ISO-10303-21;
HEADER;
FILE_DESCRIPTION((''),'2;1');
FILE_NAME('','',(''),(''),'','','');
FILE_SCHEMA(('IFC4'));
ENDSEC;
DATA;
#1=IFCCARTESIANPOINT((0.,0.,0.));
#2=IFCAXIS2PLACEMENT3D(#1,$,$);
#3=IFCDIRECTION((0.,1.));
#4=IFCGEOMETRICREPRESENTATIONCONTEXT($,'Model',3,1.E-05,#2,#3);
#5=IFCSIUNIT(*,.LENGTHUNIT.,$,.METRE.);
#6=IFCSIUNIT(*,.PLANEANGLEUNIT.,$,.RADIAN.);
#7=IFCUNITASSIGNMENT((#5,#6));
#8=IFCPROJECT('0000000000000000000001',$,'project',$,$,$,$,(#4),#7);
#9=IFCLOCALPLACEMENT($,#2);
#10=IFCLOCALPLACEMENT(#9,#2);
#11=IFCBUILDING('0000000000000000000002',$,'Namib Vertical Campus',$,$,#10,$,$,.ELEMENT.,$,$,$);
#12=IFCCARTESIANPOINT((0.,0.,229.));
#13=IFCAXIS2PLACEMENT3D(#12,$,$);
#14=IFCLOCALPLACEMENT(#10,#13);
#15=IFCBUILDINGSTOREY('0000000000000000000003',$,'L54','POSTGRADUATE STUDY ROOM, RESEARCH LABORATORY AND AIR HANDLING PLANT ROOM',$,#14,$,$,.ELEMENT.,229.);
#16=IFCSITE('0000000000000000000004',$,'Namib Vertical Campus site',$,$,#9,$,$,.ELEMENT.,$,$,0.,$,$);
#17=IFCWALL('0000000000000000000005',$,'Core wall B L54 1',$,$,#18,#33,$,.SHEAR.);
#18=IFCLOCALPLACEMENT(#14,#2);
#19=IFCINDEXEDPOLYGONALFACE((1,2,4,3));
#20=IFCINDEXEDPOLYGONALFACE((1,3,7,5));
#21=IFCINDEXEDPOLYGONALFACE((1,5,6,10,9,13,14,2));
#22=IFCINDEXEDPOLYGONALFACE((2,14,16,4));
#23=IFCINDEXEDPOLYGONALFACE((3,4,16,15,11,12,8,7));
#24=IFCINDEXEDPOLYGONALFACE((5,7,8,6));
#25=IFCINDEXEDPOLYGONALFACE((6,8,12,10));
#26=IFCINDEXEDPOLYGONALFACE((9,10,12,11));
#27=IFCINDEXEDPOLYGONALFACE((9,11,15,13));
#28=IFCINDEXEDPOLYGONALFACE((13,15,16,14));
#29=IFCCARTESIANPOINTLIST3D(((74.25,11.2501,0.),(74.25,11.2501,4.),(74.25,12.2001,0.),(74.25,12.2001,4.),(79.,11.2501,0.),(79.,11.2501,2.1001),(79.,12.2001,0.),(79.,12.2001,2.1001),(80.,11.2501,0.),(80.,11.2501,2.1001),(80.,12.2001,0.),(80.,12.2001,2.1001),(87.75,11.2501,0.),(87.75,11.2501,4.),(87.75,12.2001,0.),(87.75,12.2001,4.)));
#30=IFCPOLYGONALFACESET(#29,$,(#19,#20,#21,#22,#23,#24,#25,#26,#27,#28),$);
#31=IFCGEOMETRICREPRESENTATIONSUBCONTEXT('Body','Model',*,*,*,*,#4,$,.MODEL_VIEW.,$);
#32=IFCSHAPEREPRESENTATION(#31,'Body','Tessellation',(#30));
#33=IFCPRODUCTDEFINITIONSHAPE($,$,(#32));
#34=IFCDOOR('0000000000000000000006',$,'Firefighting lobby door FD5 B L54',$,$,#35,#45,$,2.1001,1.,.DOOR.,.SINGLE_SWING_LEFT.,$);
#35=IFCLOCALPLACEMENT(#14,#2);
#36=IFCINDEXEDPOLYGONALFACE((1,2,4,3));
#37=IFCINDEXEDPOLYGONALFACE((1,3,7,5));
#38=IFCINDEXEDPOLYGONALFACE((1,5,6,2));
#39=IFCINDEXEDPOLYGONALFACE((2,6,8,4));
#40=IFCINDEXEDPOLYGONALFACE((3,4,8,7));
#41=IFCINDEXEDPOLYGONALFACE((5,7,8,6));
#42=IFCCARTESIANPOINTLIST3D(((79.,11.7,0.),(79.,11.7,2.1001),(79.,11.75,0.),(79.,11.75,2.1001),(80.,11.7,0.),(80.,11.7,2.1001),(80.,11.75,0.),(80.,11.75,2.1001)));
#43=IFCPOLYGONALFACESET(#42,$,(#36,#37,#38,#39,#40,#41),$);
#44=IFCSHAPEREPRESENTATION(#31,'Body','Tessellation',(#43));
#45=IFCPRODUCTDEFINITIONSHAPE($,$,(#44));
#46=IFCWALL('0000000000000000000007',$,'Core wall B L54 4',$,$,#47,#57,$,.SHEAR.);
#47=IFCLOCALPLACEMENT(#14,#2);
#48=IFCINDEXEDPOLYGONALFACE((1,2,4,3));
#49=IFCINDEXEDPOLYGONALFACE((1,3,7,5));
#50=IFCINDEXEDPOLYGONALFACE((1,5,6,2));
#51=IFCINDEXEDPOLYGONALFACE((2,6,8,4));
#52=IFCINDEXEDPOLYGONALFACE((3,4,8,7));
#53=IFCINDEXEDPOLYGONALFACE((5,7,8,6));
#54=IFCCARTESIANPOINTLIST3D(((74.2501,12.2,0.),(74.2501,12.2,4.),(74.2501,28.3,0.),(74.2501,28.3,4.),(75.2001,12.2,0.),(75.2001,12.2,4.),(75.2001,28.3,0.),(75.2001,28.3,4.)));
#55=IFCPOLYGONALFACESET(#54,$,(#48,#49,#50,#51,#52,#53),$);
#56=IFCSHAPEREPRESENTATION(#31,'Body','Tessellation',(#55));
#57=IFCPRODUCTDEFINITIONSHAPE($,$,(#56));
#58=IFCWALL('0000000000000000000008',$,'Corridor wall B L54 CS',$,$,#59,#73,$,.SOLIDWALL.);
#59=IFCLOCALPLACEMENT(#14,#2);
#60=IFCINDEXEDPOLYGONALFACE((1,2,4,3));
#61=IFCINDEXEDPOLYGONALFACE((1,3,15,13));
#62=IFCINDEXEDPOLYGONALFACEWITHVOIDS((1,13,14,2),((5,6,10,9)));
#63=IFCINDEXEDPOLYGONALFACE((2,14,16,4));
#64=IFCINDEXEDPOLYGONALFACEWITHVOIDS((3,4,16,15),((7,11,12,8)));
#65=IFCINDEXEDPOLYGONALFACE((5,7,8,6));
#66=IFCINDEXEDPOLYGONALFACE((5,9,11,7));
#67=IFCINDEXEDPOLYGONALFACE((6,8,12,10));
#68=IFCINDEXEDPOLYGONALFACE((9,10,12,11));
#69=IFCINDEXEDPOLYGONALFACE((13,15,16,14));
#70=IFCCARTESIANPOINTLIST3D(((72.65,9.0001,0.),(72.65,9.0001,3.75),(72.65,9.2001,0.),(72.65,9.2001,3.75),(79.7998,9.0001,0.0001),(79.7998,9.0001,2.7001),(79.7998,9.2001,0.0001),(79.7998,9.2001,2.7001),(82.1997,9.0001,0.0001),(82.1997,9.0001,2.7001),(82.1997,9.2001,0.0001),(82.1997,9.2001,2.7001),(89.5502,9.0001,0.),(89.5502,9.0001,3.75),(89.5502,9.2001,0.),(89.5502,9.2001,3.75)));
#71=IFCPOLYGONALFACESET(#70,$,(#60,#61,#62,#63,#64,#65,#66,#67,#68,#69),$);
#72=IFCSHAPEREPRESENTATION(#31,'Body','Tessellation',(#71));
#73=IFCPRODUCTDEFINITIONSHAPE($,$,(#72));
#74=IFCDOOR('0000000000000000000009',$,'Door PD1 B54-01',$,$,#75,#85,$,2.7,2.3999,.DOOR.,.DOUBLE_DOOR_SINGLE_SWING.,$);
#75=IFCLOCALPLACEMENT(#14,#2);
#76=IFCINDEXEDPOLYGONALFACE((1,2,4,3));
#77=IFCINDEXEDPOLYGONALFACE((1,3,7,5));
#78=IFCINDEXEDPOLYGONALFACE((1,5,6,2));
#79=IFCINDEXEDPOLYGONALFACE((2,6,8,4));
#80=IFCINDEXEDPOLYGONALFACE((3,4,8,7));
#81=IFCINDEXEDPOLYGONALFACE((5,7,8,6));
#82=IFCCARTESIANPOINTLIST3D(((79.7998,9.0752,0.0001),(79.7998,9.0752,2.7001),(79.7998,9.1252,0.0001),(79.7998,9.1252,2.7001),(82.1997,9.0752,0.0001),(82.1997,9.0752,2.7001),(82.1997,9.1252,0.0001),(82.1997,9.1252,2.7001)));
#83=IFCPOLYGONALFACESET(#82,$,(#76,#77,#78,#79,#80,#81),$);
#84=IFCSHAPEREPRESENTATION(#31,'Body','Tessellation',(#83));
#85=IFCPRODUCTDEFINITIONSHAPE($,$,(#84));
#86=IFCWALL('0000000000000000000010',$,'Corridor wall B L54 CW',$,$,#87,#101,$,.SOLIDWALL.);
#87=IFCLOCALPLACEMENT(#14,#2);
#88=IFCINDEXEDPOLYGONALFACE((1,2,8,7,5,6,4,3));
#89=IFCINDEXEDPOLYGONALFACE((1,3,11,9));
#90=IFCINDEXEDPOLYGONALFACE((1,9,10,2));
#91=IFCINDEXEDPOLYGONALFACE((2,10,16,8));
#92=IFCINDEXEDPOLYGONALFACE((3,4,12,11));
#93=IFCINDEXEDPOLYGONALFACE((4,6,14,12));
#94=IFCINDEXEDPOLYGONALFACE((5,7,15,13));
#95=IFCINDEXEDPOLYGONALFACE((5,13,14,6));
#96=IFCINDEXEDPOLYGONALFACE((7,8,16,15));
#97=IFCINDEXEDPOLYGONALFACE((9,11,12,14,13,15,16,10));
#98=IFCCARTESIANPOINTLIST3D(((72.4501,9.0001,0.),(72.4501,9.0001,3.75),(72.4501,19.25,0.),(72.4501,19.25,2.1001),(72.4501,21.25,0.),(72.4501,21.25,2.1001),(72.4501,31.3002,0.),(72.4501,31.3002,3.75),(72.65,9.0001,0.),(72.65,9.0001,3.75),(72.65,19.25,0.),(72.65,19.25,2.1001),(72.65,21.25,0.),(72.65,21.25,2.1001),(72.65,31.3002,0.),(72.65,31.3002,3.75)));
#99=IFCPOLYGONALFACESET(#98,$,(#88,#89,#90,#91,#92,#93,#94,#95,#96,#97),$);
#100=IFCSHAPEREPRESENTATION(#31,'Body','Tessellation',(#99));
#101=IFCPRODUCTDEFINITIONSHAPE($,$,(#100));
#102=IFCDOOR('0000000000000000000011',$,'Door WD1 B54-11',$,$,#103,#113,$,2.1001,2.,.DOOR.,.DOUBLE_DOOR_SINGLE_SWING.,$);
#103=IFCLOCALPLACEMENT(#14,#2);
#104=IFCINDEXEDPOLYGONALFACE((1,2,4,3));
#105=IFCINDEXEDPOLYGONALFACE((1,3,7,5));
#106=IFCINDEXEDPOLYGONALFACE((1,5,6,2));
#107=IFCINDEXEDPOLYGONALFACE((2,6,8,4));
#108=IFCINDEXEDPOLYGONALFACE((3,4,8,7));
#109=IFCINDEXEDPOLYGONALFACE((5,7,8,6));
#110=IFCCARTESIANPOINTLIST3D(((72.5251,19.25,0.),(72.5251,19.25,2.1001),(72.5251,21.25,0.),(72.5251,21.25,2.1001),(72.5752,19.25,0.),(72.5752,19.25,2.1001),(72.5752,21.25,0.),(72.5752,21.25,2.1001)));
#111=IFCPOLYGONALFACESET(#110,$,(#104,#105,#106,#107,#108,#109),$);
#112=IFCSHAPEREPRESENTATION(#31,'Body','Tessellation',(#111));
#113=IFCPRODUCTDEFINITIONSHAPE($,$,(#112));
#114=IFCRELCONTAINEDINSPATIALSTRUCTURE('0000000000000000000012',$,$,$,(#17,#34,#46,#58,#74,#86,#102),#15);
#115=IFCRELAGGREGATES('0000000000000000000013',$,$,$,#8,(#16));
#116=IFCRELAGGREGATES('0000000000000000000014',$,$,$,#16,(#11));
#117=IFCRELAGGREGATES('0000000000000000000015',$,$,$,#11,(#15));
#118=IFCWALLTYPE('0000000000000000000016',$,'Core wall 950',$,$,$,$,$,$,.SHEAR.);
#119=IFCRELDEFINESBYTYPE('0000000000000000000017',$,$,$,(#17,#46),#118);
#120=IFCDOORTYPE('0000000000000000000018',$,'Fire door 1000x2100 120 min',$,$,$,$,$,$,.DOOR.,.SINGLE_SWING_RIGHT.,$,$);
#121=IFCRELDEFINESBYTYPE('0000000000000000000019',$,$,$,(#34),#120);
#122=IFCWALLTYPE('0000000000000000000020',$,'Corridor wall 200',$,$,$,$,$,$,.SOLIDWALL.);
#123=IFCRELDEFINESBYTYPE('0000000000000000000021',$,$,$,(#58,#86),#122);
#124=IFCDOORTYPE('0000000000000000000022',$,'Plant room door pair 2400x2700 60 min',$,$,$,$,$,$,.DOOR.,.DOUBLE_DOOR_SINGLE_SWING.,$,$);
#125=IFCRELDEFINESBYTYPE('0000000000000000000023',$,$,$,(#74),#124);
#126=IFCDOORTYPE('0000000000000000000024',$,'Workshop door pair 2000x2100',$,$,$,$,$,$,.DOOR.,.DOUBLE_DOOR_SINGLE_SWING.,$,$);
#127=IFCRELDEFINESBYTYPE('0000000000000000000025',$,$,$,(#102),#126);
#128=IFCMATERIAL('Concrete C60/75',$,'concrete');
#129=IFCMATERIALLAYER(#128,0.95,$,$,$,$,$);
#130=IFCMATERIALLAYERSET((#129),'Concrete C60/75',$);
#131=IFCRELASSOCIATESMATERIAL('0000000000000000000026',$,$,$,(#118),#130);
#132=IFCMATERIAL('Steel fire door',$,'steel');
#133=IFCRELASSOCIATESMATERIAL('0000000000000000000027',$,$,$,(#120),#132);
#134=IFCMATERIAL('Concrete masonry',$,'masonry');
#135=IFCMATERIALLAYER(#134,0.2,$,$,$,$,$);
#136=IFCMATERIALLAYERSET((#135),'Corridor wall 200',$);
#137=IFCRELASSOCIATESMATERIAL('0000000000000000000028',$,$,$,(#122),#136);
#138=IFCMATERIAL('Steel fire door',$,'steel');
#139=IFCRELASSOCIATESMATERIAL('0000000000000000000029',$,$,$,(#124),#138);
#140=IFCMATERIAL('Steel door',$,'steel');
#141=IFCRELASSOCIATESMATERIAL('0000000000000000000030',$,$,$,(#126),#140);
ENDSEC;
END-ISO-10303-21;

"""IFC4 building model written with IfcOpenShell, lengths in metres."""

from ifc_helpers import new_model, si_unit, direction, frame, frame_2d, origin, place, context, subcontext, project, spatial, rectangle, extrude, material, layer, layer_set, type_object, element, fill, save


model = new_model("IFC4")

# Units and contexts
model_context = context("Model", 3, precision=1e-05, world=origin(), true_north=direction((0.0, 1.0)))
body_context = subcontext(model_context, "Body", "Model", "MODEL_VIEW")
ifc_project = project(units=[si_unit("LENGTHUNIT", "METRE"), si_unit("PLANEANGLEUNIT", "RADIAN")], contexts=[model_context])

# Site, building, storey
site_placement = place(None, origin())
site = spatial("IfcSite", under=ifc_project, at=site_placement, Name="Namib Vertical Campus site", CompositionType="ELEMENT", RefElevation=0.0)
building_placement = place(site_placement, origin())
building = spatial("IfcBuilding", under=site, at=building_placement, Name="Namib Vertical Campus", CompositionType="ELEMENT")
storey_placement = place(building_placement, frame((0.0, 0.0, 229.0)))
storey = spatial("IfcBuildingStorey", under=building, at=storey_placement, Name="L54", Description="POSTGRADUATE STUDY ROOM, RESEARCH LABORATORY AND AIR HANDLING PLANT ROOM", CompositionType="ELEMENT", Elevation=229.0)

# Wall, opening, door
ifc_material_1 = material(Name="Concrete C60/75", Category="concrete")
ifc_layer_1 = layer(ifc_material_1, 0.95)
ifc_layer_set_1 = layer_set([ifc_layer_1], Name="Concrete C60/75")
wall_type_1 = type_object("IfcWallType", Name="Core wall 950", PredefinedType="SHEAR", material=ifc_layer_set_1)
wall_1_placement = place(storey_placement, frame((74.25, 11.7251, 0.0), z_axis=(0.0, 0.0, 1.0), x_axis=(1.0, 0.0, 0.0)))
wall_1 = element("IfcWall", 1, at=wall_1_placement, inside=storey, type_object=wall_type_1, Name="Core wall B L54 1", PredefinedType="SHEAR", context=body_context, shape_type="SweptSolid", body=[
    extrude(rectangle(XDim=13.5, YDim=0.95, at=frame_2d((6.75, 0.0))), origin(), (0.0, 0.0, 1.0), 4.0),
])
opening_1_placement = place(wall_1_placement, frame((4.75, 0.0, 0.0)))
opening_1 = element("IfcOpeningElement", 2, at=opening_1_placement, cuts=wall_1, PredefinedType="OPENING", context=body_context, shape_type="SweptSolid", body=[
    extrude(rectangle(XDim=1.0, YDim=2.1001, at=frame_2d((0.5, 1.05))), frame((0.0, 0.4849, 0.0), z_axis=(0.0, -1.0, 0.0), x_axis=(1.0, 0.0, 0.0)), (0.0, 0.0, 1.0), 0.97),
])
ifc_material_2 = material(Name="Steel fire door", Category="steel")
door_type_1 = type_object("IfcDoorType", Name="Fire door 1000x2100 120 min", OperationType="SINGLE_SWING_RIGHT", PredefinedType="DOOR", material=ifc_material_2)
door_1_placement = place(opening_1_placement, origin())
door_1 = element("IfcDoor", 3, at=door_1_placement, inside=storey, type_object=door_type_1, Name="Firefighting lobby door FD5 B L54", OperationType="SINGLE_SWING_LEFT", OverallHeight=2.1001, OverallWidth=1.0, PredefinedType="DOOR", context=body_context, shape_type="SweptSolid", body=[
    extrude(rectangle(XDim=1.0, YDim=2.1001, at=frame_2d((0.5, 1.05))), frame((0.0, 0.0249, 0.0), z_axis=(0.0, -1.0, 0.0), x_axis=(1.0, 0.0, 0.0)), (0.0, 0.0, 1.0), 0.05),
])
fill(opening_1, door_1)

# Wall
wall_2_placement = place(storey_placement, frame((74.7251, 28.3, 0.0), z_axis=(0.0, 0.0, 1.0), x_axis=(0.0, -1.0, 0.0)))
element("IfcWall", 4, at=wall_2_placement, inside=storey, type_object=wall_type_1, Name="Core wall B L54 4", PredefinedType="SHEAR", context=body_context, shape_type="SweptSolid", body=[
    extrude(rectangle(XDim=16.1001, YDim=0.95, at=frame_2d((8.05, 0.0))), origin(), (0.0, 0.0, 1.0), 4.0),
])

# Walls, openings, doors
ifc_material_3 = material(Name="Concrete masonry", Category="masonry")
ifc_layer_2 = layer(ifc_material_3, 0.2)
ifc_layer_set_2 = layer_set([ifc_layer_2], Name="Corridor wall 200")
wall_type_2 = type_object("IfcWallType", Name="Corridor wall 200", PredefinedType="SOLIDWALL", material=ifc_layer_set_2)
wall_3_placement = place(storey_placement, frame((72.6499, 9.1001, 0.0), z_axis=(0.0, 0.0, 1.0), x_axis=(1.0, 0.0, 0.0)))
wall_3 = element("IfcWall", 5, at=wall_3_placement, inside=storey, type_object=wall_type_2, Name="Corridor wall B L54 CS", PredefinedType="SOLIDWALL", context=body_context, shape_type="SweptSolid", body=[
    extrude(rectangle(XDim=16.9001, YDim=0.2, at=frame_2d((8.4502, 0.0))), origin(), (0.0, 0.0, 1.0), 3.75),
])
opening_2_placement = place(wall_3_placement, frame((7.1499, 0.0, 0.0)))
opening_2 = element("IfcOpeningElement", 6, at=opening_2_placement, cuts=wall_3, PredefinedType="OPENING", context=body_context, shape_type="SweptSolid", body=[
    extrude(rectangle(XDim=2.3999, YDim=2.7, at=frame_2d((1.2, 1.3501))), frame((0.0, 0.1099, 0.0), z_axis=(0.0, -1.0, 0.0), x_axis=(1.0, 0.0, 0.0)), (0.0, 0.0, 1.0), 0.22),
])
ifc_material_4 = material(Name="Steel fire door", Category="steel")
door_type_2 = type_object("IfcDoorType", Name="Plant room door pair 2400x2700 60 min", OperationType="DOUBLE_DOOR_SINGLE_SWING", PredefinedType="DOOR", material=ifc_material_4)
door_2_placement = place(opening_2_placement, frame((2.3999, 0.0, 0.0), z_axis=(0.0, 0.0, 1.0), x_axis=(-1.0, 0.0, 0.0)))
door_2 = element("IfcDoor", 7, at=door_2_placement, inside=storey, type_object=door_type_2, Name="Door PD1 B54-01", OperationType="DOUBLE_DOOR_SINGLE_SWING", OverallHeight=2.7, OverallWidth=2.3999, PredefinedType="DOOR", context=body_context, shape_type="SweptSolid", body=[
    extrude(rectangle(XDim=2.3999, YDim=2.7, at=frame_2d((1.2, 1.3501))), frame((0.0, 0.0249, 0.0), z_axis=(0.0, -1.0, 0.0), x_axis=(1.0, 0.0, 0.0)), (0.0, 0.0, 1.0), 0.05),
])
fill(opening_2, door_2)
wall_4_placement = place(storey_placement, frame((72.55, 31.3, 0.0), z_axis=(0.0, 0.0, 1.0), x_axis=(0.0, -1.0, 0.0)))
wall_4 = element("IfcWall", 8, at=wall_4_placement, inside=storey, type_object=wall_type_2, Name="Corridor wall B L54 CW", PredefinedType="SOLIDWALL", context=body_context, shape_type="SweptSolid", body=[
    extrude(rectangle(XDim=22.3, YDim=0.2, at=frame_2d((11.1499, 0.0))), origin(), (0.0, 0.0, 1.0), 3.75),
])
opening_3_placement = place(wall_4_placement, frame((10.05, 0.0, 0.0)))
opening_3 = element("IfcOpeningElement", 9, at=opening_3_placement, cuts=wall_4, PredefinedType="OPENING", context=body_context, shape_type="SweptSolid", body=[
    extrude(rectangle(XDim=2.0, YDim=2.1001, at=frame_2d((1.0, 1.05))), frame((0.0, 0.1099, 0.0), z_axis=(0.0, -1.0, 0.0), x_axis=(1.0, 0.0, 0.0)), (0.0, 0.0, 1.0), 0.22),
])
ifc_material_5 = material(Name="Steel door", Category="steel")
door_type_3 = type_object("IfcDoorType", Name="Workshop door pair 2000x2100", OperationType="DOUBLE_DOOR_SINGLE_SWING", PredefinedType="DOOR", material=ifc_material_5)
door_3_placement = place(opening_3_placement, frame((2.0, 0.0, 0.0), z_axis=(0.0, 0.0, 1.0), x_axis=(-1.0, 0.0, 0.0)))
door_3 = element("IfcDoor", 10, at=door_3_placement, inside=storey, type_object=door_type_3, Name="Door WD1 B54-11", OperationType="DOUBLE_DOOR_SINGLE_SWING", OverallHeight=2.1001, OverallWidth=2.0, PredefinedType="DOOR", context=body_context, shape_type="SweptSolid", body=[
    extrude(rectangle(XDim=2.0, YDim=2.1001, at=frame_2d((1.0, 1.05))), frame((0.0, 0.0249, 0.0), z_axis=(0.0, -1.0, 0.0), x_axis=(1.0, 0.0, 0.0)), (0.0, 0.0, 1.0), 0.05),
])
fill(opening_3, door_3)

save(model, "model.ifc")
